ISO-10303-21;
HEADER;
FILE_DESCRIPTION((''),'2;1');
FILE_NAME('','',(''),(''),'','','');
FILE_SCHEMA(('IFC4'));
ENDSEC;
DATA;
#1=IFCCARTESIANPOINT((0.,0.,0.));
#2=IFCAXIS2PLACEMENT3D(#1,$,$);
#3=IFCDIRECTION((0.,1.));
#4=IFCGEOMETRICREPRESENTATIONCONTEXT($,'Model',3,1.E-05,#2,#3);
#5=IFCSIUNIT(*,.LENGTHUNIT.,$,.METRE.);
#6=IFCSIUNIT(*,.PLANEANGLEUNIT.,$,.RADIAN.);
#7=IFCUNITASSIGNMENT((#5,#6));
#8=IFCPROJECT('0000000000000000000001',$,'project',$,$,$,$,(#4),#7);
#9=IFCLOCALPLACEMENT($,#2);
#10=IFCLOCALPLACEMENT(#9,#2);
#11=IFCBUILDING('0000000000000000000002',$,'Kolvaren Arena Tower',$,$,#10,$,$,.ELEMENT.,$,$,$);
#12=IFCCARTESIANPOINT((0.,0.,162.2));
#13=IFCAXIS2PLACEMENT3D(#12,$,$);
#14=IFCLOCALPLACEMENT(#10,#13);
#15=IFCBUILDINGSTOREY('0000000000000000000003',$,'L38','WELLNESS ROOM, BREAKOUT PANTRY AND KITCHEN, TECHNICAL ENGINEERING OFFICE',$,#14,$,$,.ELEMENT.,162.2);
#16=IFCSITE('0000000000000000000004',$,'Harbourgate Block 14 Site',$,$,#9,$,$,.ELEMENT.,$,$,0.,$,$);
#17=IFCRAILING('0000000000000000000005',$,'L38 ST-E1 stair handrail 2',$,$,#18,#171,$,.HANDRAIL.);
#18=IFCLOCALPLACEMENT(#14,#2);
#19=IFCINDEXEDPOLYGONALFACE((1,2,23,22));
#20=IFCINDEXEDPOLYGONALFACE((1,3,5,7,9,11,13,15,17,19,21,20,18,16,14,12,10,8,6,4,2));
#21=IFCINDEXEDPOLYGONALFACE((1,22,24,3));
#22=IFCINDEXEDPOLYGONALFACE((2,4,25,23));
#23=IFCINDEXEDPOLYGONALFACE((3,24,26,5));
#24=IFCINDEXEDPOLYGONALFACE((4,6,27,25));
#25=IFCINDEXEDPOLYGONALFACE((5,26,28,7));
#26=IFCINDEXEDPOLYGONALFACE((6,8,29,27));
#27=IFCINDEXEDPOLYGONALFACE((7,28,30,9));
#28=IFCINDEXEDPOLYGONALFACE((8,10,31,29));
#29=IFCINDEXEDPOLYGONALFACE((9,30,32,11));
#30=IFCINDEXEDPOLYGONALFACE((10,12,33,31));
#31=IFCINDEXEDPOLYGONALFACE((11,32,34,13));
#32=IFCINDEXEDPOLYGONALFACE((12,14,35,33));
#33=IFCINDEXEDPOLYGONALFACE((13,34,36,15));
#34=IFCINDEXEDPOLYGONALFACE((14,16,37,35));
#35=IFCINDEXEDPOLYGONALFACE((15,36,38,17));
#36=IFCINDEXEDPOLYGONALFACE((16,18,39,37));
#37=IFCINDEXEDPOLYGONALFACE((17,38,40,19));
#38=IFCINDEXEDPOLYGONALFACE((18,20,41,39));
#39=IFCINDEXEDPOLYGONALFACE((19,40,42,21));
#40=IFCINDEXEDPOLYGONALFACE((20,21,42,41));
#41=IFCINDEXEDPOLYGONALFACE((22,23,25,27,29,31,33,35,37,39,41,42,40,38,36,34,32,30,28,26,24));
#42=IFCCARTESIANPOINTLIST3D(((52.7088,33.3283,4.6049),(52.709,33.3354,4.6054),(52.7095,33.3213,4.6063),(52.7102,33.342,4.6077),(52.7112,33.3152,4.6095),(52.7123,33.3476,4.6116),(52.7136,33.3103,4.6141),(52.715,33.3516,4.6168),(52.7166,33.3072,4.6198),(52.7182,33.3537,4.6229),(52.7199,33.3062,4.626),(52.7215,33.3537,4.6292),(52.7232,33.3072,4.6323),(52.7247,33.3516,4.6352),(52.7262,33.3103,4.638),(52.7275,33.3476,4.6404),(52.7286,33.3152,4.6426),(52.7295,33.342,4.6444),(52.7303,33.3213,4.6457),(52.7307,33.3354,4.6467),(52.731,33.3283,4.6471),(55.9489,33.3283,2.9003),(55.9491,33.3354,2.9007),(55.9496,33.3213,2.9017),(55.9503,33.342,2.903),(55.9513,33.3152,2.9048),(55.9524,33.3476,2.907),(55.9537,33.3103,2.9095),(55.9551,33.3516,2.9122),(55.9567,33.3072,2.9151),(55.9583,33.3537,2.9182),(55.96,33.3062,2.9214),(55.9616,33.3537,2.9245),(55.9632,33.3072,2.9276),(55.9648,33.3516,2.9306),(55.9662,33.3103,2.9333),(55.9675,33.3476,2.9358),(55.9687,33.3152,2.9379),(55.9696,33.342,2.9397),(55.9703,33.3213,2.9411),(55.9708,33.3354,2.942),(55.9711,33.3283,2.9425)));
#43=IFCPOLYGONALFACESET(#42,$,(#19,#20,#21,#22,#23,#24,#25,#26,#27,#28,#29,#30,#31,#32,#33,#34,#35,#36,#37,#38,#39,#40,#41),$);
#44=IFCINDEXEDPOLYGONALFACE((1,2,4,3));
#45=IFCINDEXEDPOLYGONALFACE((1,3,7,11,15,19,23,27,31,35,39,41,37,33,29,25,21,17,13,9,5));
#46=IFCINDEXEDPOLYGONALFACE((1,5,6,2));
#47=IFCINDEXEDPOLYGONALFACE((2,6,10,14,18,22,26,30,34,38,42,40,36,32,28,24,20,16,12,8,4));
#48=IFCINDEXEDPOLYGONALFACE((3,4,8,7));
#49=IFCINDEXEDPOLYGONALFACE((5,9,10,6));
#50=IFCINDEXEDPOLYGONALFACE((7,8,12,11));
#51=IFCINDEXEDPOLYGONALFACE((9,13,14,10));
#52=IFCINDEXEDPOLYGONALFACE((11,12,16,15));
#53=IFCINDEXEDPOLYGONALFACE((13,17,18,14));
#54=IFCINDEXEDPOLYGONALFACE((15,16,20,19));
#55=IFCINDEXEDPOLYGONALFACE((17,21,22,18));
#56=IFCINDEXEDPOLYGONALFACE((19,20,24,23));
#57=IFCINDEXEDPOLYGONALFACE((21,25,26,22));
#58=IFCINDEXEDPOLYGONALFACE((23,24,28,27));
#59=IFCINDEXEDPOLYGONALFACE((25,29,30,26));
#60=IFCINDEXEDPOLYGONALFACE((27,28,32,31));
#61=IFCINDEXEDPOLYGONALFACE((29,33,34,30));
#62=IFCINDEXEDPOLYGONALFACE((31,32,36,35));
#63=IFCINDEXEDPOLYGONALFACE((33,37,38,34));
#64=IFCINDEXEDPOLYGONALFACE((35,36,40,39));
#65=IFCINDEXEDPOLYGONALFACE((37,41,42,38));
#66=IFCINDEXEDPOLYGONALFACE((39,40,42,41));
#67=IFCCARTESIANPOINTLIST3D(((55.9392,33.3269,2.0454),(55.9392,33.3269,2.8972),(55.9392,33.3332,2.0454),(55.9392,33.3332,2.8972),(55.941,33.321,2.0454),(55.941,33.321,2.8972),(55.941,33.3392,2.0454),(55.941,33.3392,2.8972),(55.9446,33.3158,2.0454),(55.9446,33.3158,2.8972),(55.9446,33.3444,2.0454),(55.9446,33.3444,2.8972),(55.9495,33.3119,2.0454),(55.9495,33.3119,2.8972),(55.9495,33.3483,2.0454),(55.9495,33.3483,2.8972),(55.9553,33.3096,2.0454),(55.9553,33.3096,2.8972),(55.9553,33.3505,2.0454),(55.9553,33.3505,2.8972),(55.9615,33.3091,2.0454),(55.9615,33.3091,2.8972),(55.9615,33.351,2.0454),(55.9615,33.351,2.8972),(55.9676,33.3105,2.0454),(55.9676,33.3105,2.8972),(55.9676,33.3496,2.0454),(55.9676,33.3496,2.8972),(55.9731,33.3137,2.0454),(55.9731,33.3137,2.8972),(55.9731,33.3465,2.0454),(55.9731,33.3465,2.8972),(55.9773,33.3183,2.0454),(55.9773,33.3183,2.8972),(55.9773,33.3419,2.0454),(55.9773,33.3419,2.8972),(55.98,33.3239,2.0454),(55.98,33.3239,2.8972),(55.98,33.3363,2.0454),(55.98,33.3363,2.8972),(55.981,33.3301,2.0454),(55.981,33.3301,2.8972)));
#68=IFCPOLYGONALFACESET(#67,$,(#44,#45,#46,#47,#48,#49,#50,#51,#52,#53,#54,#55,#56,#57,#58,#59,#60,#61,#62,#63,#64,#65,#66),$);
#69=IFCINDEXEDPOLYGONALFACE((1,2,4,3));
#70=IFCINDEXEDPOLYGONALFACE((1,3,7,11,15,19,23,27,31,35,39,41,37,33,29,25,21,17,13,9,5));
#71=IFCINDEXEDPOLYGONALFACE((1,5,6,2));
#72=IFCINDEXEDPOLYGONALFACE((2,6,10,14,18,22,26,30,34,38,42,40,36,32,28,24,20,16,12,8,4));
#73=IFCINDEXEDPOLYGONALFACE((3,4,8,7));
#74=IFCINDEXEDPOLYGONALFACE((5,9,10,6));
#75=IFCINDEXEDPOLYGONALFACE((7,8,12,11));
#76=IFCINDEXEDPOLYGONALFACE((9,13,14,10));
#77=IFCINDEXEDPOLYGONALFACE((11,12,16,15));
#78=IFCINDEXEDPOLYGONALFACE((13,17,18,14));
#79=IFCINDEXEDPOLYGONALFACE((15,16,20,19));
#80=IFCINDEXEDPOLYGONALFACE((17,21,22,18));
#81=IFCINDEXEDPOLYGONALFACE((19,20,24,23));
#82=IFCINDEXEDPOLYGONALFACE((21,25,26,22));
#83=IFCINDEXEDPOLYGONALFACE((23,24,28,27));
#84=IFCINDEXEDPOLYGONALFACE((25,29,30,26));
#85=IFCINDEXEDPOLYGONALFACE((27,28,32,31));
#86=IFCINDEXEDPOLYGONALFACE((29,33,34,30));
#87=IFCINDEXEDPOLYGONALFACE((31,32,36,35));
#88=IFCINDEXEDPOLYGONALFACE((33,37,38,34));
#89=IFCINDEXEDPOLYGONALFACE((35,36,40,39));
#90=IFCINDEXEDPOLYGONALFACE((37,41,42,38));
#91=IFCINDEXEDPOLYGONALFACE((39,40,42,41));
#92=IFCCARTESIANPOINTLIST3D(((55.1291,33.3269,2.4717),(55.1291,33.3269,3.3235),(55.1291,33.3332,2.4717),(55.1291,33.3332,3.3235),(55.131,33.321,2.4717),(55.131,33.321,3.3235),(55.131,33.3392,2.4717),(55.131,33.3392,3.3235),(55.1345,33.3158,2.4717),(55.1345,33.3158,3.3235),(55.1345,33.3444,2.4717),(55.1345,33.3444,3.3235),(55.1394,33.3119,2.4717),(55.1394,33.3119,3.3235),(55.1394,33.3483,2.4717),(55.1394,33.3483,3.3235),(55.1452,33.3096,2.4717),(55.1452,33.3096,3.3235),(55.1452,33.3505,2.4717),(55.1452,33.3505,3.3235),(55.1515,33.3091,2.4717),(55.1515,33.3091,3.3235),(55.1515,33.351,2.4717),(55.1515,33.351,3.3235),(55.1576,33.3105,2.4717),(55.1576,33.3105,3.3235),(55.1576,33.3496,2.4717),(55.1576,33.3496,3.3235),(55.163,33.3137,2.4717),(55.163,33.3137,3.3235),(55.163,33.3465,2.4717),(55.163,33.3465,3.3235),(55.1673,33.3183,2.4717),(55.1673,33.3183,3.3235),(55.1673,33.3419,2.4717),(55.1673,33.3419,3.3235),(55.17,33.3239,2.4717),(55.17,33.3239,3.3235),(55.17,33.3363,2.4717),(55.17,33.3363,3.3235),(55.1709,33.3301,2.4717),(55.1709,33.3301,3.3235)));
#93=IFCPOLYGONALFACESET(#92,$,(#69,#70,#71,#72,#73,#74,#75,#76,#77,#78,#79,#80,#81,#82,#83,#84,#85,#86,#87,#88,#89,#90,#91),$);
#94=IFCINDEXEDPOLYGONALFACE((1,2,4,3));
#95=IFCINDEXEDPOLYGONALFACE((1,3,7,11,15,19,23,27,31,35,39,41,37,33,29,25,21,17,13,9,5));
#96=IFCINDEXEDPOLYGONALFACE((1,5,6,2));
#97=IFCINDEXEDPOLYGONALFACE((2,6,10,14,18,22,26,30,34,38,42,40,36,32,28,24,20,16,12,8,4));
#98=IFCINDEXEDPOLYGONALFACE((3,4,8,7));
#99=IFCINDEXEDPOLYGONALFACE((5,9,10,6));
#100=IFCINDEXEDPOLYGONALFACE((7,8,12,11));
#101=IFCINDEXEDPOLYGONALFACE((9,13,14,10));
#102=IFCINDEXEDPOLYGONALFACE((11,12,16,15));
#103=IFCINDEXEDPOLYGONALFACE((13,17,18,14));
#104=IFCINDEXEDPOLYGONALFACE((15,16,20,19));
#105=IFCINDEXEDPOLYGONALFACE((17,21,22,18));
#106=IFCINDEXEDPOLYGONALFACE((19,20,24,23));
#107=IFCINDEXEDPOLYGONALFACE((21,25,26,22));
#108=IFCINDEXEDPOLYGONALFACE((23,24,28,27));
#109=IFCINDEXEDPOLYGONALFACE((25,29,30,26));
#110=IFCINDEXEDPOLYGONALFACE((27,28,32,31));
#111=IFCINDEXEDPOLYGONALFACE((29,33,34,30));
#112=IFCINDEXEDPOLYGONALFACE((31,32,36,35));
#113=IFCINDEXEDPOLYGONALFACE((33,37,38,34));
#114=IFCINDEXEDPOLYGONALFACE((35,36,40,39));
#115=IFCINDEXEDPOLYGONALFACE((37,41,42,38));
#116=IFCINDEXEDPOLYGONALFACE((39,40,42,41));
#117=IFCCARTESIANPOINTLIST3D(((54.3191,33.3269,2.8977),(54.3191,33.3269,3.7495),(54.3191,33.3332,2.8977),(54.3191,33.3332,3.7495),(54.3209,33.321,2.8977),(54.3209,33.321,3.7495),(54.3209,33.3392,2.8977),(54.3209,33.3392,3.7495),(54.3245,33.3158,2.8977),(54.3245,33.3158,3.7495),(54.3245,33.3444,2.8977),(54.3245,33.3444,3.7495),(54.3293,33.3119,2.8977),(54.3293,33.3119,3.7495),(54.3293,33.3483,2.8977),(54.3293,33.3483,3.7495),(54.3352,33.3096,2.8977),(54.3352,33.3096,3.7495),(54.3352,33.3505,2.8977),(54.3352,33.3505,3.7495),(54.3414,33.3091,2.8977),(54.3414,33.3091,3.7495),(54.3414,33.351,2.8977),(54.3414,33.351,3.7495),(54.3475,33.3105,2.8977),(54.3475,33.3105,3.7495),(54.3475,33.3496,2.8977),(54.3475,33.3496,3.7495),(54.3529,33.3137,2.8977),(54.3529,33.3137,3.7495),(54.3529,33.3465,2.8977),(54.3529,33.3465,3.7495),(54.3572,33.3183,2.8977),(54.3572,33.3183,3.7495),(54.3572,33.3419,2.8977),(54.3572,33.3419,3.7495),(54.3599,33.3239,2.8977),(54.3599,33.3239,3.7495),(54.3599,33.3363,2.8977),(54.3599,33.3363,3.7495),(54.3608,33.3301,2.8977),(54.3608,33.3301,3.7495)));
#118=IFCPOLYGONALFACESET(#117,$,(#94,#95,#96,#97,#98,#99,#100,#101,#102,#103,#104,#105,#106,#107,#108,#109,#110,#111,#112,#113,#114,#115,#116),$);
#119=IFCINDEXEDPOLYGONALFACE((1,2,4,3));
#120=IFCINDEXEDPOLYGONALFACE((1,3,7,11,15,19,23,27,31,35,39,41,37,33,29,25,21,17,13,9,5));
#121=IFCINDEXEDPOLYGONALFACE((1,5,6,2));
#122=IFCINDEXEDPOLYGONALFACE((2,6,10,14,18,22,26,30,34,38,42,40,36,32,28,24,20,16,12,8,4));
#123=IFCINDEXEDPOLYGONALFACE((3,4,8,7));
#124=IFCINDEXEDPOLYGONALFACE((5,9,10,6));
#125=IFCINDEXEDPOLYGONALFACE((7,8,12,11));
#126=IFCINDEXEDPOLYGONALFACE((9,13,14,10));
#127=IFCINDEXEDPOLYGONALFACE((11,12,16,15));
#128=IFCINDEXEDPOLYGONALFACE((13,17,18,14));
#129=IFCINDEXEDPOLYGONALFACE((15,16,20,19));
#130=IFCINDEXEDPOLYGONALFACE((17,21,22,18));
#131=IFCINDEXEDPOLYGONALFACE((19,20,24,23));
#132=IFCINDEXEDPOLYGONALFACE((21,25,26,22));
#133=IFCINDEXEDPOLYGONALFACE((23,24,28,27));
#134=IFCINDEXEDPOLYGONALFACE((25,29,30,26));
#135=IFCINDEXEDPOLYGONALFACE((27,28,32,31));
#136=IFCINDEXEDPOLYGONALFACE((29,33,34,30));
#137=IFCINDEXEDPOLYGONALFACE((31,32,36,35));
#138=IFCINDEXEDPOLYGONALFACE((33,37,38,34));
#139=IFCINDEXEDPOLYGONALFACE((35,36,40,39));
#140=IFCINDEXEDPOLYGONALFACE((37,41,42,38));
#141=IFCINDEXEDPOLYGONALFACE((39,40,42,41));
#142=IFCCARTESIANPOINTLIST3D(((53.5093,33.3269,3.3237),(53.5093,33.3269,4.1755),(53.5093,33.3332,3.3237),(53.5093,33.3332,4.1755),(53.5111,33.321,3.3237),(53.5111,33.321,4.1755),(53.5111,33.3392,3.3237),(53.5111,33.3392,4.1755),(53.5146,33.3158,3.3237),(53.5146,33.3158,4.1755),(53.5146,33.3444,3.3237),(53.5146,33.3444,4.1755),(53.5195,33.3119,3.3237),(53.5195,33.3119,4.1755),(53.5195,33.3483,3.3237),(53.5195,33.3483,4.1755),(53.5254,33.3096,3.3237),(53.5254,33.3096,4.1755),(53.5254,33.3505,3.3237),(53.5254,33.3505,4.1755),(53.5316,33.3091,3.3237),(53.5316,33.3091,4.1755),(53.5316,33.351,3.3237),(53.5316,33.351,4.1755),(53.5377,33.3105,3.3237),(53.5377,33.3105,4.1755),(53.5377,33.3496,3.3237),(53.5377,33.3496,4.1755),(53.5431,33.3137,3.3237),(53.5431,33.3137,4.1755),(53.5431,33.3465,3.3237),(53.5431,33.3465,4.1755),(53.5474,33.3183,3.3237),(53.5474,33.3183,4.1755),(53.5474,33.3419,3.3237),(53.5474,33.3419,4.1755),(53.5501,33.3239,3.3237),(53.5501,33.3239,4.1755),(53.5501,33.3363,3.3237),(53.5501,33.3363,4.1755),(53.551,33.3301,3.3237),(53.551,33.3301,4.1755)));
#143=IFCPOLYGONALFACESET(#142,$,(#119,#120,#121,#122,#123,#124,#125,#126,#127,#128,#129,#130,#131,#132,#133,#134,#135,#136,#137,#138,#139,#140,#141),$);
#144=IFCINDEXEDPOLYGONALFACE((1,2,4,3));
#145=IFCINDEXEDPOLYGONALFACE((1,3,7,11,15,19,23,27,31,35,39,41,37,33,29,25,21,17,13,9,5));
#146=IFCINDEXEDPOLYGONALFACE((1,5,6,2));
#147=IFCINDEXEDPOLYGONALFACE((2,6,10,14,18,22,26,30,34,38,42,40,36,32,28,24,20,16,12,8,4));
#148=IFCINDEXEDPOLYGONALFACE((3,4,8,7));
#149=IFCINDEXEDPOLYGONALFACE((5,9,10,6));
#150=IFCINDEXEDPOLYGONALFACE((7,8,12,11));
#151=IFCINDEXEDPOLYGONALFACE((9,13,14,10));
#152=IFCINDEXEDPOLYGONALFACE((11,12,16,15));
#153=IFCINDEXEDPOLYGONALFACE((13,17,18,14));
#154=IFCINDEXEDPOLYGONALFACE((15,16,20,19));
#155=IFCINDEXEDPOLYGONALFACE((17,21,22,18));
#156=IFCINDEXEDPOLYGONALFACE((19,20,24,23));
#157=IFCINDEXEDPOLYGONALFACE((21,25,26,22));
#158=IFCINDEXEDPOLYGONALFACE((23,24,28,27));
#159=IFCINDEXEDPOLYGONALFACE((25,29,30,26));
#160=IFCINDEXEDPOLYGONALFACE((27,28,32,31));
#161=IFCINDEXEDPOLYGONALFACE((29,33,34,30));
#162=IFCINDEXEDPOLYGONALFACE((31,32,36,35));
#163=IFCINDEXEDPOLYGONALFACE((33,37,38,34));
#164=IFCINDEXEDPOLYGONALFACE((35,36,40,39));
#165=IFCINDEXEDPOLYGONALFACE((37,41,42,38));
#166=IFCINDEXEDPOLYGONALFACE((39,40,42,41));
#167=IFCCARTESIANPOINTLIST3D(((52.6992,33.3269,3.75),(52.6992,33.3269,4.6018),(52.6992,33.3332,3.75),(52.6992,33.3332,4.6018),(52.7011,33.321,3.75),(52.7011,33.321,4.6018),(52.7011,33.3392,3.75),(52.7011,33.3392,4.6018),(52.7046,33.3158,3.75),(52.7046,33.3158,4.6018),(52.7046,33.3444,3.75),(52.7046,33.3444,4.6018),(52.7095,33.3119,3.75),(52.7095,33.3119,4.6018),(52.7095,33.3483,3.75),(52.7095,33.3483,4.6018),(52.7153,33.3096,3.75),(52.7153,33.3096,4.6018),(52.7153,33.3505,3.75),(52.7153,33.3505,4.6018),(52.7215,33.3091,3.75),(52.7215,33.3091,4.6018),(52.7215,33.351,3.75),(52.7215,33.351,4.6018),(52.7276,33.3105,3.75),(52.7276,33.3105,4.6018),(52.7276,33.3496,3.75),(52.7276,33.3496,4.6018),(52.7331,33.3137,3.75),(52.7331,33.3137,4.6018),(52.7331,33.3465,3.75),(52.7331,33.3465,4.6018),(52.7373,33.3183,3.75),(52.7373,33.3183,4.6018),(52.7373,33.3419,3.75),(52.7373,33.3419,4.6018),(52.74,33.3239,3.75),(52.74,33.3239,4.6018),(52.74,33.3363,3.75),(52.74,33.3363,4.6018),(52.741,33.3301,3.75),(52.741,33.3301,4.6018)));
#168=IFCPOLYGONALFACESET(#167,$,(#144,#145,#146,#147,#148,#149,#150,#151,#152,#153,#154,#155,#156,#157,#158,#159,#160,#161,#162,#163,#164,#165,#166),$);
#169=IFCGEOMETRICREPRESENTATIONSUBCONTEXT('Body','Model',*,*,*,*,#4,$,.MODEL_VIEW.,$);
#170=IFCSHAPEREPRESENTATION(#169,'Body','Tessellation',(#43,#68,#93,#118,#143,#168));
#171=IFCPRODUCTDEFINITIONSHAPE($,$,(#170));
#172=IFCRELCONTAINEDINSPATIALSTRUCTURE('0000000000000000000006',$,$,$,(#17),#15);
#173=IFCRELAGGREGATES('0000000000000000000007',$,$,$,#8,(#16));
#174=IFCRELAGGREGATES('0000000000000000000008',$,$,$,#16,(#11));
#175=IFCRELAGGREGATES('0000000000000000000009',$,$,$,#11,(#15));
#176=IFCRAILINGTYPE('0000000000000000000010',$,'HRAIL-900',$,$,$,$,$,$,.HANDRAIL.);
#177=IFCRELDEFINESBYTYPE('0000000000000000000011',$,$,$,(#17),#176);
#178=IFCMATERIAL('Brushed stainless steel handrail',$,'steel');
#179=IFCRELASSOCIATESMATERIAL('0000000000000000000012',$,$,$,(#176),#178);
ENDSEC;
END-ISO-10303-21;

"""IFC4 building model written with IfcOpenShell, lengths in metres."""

from ifc_helpers import new_model, si_unit, direction, frame, origin, origin_2d, place, context, subcontext, project, spatial, circle, extrude, material, type_object, element, save


model = new_model("IFC4")

# Units and contexts
model_context = context("Model", 3, precision=1e-05, world=origin(), true_north=direction((0.0, 1.0)))
body_context = subcontext(model_context, "Body", "Model", "MODEL_VIEW")
ifc_project = project(units=[si_unit("LENGTHUNIT", "METRE"), si_unit("PLANEANGLEUNIT", "RADIAN")], contexts=[model_context])

# Site, building, storey
site_placement = place(None, origin())
site = spatial("IfcSite", under=ifc_project, at=site_placement, Name="Harbourgate Block 14 Site", CompositionType="ELEMENT", RefElevation=0.0)
building_placement = place(site_placement, origin())
building = spatial("IfcBuilding", under=site, at=building_placement, Name="Kolvaren Arena Tower", CompositionType="ELEMENT")
storey_placement = place(building_placement, frame((0.0, 0.0, 162.2)))
storey = spatial("IfcBuildingStorey", under=building, at=storey_placement, Name="L38", Description="WELLNESS ROOM, BREAKOUT PANTRY AND KITCHEN, TECHNICAL ENGINEERING OFFICE", CompositionType="ELEMENT", Elevation=162.2)

# Railing
ifc_material_1 = material(Name="Brushed stainless steel handrail", Category="steel")
railing_type_1 = type_object("IfcRailingType", Name="HRAIL-900", PredefinedType="HANDRAIL", material=ifc_material_1)
railing_1_placement = place(storey_placement, frame((55.96, 33.3301, 2.0454)))
element("IfcRailing", 1, at=railing_1_placement, inside=storey, type_object=railing_type_1, Name="L38 ST-E1 stair handrail 2", PredefinedType="HANDRAIL", context=body_context, shape_type="SweptSolid", body=[
    extrude(circle(Radius=0.0239, at=origin_2d()), frame((0.0, 0.0, 0.876), z_axis=(-0.884993, 0.0, 0.465604), x_axis=(0.0, -1.0, 0.0)), (0.0, 0.0, 1.0), 3.6611),
    extrude(circle(Radius=0.021, at=origin_2d()), origin(), (0.0, 0.0, 1.0), 0.8518),
    extrude(circle(Radius=0.021, at=origin_2d()), frame((-0.8101, 0.0, 0.4263)), (0.0, 0.0, 1.0), 0.8518),
    extrude(circle(Radius=0.021, at=origin_2d()), frame((-1.6201, 0.0, 0.8523)), (0.0, 0.0, 1.0), 0.8518),
    extrude(circle(Radius=0.021, at=origin_2d()), frame((-2.4299, 0.0, 1.2783)), (0.0, 0.0, 1.0), 0.8518),
    extrude(circle(Radius=0.021, at=origin_2d()), frame((-3.24, 0.0, 1.7046)), (0.0, 0.0, 1.0), 0.8518),
])

save(model, "model.ifc")
